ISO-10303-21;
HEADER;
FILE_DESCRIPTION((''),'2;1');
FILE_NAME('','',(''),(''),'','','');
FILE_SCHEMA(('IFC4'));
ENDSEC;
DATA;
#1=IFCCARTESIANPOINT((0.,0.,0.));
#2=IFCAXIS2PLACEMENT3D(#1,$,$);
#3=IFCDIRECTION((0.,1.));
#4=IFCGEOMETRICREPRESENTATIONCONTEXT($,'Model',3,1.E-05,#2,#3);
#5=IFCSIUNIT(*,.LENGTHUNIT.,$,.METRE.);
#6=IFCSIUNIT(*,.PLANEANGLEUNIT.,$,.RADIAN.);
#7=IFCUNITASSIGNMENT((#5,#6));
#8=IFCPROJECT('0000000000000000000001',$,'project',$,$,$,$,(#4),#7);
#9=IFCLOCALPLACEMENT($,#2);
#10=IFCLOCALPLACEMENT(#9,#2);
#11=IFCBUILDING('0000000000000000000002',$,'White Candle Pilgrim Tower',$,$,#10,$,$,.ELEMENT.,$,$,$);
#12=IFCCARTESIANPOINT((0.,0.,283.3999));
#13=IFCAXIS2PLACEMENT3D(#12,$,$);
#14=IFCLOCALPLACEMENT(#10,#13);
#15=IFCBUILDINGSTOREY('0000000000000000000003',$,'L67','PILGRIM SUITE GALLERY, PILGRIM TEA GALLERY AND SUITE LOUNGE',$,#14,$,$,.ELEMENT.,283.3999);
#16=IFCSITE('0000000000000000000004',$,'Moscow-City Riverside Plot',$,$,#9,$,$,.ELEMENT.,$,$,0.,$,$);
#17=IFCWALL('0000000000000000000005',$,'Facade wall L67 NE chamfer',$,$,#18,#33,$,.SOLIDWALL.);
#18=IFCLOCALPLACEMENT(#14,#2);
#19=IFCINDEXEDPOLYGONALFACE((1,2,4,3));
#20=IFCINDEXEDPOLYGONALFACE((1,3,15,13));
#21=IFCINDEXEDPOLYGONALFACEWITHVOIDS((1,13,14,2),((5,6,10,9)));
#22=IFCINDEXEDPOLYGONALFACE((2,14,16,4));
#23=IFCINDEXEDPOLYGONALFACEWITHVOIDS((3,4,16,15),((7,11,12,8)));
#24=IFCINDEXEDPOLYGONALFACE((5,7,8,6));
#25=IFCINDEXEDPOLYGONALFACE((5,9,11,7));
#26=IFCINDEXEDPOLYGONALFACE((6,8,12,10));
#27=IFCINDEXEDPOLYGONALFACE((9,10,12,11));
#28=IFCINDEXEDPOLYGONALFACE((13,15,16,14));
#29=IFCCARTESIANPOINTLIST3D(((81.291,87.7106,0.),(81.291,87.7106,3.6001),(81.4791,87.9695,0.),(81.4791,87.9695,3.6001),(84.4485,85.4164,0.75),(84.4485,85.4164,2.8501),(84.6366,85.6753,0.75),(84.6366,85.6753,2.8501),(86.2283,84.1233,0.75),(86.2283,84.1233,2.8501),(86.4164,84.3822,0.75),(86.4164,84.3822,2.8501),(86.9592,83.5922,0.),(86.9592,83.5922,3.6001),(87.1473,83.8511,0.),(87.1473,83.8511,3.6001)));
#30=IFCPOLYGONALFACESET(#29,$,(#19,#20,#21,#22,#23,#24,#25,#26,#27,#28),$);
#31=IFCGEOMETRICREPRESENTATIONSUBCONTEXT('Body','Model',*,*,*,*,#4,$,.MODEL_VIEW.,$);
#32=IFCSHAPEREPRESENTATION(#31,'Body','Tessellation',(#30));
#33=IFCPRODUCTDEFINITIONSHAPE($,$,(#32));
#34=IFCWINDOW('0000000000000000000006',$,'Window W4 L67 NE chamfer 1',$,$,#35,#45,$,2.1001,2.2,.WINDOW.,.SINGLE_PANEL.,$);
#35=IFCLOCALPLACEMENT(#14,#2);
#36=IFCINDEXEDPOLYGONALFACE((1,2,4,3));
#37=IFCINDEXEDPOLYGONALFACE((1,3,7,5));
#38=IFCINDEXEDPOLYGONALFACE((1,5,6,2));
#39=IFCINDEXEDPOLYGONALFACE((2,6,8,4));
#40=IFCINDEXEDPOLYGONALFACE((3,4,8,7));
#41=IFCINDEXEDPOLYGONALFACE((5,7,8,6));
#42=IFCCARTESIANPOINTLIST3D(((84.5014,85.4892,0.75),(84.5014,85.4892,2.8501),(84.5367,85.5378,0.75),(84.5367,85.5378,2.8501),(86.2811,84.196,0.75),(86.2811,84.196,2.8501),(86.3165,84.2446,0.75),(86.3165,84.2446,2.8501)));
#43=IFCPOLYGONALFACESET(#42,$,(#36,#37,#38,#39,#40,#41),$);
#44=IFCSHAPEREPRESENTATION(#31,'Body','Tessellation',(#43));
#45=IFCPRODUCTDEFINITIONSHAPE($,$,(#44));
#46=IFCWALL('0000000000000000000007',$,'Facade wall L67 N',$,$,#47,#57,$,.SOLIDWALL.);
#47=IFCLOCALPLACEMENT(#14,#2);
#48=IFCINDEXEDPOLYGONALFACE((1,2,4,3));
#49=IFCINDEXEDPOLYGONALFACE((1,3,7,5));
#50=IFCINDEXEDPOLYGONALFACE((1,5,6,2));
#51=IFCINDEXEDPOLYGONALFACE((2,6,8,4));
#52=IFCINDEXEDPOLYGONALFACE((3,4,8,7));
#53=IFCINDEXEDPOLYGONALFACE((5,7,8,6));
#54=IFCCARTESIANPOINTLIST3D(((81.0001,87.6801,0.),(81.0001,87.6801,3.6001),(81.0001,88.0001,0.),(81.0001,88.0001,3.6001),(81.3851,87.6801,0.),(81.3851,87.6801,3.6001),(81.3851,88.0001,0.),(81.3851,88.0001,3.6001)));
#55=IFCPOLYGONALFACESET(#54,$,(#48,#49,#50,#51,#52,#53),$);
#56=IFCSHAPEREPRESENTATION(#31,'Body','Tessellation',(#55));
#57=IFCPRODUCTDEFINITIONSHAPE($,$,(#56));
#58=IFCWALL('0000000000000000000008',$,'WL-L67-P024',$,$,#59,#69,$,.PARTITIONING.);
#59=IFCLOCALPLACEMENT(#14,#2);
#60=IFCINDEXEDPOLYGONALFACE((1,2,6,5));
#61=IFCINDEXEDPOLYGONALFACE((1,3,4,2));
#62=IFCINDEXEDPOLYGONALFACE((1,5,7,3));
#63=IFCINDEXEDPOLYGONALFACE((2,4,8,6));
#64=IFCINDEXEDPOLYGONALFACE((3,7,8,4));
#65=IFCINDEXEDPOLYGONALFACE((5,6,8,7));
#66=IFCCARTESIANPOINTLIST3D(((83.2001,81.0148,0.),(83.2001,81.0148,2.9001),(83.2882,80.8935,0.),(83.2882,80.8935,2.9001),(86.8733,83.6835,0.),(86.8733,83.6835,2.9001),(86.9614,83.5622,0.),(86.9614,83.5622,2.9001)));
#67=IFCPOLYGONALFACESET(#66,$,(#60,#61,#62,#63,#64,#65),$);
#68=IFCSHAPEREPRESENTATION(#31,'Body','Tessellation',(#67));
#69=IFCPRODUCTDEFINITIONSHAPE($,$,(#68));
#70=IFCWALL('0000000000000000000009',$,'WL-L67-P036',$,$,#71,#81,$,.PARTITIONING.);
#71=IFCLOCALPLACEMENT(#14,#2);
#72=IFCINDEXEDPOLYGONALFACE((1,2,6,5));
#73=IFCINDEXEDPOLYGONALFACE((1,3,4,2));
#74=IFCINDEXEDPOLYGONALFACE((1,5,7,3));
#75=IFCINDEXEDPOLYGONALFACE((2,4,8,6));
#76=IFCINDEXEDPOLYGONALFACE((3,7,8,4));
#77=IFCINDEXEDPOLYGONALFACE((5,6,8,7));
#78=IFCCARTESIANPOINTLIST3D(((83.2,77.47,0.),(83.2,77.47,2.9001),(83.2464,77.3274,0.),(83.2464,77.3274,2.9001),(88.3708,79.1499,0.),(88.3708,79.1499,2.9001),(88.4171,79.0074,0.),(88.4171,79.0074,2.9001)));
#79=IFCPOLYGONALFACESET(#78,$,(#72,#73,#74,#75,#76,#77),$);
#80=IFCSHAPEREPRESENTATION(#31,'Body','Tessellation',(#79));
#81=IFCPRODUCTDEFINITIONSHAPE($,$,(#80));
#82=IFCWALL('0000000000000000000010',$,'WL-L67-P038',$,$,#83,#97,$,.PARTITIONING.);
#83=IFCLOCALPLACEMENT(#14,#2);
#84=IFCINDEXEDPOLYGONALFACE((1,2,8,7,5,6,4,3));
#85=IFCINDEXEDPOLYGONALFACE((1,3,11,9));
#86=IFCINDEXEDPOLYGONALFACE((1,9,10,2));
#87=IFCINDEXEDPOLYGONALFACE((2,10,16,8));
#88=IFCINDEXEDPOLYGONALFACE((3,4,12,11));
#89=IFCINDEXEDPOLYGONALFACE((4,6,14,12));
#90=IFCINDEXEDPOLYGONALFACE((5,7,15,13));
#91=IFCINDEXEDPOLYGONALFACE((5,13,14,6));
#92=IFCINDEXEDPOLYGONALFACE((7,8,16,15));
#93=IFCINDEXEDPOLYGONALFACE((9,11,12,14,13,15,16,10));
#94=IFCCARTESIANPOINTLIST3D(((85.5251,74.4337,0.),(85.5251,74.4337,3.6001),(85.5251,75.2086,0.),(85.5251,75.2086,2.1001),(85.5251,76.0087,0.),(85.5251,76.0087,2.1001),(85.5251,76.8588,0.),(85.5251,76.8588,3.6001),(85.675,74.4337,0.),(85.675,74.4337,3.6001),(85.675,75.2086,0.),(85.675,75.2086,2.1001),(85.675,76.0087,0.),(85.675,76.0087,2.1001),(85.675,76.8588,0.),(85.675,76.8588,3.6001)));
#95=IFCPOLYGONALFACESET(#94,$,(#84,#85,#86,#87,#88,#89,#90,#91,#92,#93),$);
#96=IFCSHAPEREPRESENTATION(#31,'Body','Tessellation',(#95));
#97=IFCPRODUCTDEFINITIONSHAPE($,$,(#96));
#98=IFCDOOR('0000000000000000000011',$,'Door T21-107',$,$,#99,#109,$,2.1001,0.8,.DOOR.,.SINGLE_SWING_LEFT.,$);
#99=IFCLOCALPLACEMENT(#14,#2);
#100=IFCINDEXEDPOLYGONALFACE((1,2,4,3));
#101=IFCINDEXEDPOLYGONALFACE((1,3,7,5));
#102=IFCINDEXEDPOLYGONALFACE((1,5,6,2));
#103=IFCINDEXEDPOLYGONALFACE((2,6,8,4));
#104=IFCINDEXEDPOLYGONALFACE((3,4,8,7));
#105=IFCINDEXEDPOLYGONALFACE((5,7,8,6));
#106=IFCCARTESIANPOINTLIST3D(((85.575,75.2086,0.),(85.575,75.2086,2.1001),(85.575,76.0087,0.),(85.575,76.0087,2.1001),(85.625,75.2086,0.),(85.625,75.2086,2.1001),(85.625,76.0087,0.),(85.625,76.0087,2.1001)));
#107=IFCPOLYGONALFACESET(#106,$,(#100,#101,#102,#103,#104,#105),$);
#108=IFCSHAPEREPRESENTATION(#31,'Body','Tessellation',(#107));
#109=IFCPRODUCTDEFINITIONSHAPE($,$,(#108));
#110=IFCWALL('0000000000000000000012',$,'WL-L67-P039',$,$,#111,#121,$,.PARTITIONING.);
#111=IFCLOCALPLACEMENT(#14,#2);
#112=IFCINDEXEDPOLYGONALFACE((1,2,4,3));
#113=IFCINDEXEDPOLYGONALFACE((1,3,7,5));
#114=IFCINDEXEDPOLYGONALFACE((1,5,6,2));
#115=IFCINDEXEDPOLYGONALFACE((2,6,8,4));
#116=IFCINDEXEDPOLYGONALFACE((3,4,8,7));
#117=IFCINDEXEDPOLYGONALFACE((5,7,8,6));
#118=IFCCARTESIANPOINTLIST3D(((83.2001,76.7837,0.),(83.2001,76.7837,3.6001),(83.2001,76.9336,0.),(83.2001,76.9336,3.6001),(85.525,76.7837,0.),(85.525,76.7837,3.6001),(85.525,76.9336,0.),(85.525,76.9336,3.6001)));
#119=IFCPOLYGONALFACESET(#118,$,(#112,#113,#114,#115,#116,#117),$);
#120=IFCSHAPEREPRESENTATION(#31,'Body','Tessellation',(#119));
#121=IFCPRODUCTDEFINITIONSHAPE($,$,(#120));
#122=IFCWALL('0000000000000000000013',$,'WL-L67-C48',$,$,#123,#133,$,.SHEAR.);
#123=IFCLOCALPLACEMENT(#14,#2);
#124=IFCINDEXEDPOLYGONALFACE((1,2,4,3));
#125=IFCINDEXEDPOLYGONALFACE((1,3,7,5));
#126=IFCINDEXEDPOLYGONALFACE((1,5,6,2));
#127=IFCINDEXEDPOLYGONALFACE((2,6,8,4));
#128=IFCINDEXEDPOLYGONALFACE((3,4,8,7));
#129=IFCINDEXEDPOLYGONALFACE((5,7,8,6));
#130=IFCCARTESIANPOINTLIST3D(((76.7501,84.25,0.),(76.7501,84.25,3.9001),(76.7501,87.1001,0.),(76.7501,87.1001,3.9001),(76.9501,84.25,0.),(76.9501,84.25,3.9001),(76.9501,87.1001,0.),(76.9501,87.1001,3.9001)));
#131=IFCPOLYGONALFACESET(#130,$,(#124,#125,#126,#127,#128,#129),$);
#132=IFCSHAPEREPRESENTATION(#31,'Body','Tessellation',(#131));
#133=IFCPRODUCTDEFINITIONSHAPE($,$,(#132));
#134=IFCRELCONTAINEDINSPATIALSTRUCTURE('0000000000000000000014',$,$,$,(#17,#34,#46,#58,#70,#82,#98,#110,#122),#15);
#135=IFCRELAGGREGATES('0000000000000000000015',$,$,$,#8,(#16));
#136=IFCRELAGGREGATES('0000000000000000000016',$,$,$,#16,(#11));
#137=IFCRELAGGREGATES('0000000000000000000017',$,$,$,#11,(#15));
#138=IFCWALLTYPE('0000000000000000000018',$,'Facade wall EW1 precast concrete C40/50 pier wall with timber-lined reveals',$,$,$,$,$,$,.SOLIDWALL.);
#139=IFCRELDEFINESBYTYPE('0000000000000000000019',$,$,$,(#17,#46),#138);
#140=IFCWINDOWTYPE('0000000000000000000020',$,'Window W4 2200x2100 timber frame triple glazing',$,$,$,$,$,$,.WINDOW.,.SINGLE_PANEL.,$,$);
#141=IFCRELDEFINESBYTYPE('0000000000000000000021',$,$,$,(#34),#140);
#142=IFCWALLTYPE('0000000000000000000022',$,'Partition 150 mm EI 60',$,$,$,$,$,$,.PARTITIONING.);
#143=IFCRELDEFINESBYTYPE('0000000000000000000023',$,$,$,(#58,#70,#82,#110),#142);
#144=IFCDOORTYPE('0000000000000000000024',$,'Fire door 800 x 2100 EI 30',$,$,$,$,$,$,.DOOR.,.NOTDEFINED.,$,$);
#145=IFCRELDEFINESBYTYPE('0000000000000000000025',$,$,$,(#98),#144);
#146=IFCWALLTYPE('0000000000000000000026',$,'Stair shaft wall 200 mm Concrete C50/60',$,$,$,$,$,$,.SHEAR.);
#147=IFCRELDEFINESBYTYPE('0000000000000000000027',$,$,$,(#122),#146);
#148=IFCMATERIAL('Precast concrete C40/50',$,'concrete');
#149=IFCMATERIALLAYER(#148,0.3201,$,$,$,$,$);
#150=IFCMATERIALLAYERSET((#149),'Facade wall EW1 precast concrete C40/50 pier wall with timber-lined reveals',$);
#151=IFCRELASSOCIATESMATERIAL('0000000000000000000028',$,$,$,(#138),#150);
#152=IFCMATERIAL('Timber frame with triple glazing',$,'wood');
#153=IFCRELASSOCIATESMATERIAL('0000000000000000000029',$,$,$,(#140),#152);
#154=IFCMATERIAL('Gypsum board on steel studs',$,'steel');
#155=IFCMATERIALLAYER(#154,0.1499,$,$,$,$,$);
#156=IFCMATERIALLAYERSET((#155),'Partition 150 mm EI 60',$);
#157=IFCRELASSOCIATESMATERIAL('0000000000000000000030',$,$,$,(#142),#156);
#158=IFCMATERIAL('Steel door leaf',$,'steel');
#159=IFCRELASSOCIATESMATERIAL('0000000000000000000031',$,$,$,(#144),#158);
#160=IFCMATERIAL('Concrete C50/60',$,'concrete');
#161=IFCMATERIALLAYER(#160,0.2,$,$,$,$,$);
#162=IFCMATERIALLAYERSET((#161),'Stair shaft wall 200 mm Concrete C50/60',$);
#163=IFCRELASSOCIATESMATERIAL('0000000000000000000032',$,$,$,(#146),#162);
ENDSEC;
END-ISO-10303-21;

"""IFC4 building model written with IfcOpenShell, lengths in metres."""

from ifc_helpers import new_model, si_unit, direction, frame, frame_2d, origin, place, context, subcontext, project, spatial, rectangle, extrude, material, layer, layer_set, type_object, element, fill, save


model = new_model("IFC4")

# Units and contexts
model_context = context("Model", 3, precision=1e-05, world=origin(), true_north=direction((0.0, 1.0)))
body_context = subcontext(model_context, "Body", "Model", "MODEL_VIEW")
ifc_project = project(units=[si_unit("LENGTHUNIT", "METRE"), si_unit("PLANEANGLEUNIT", "RADIAN")], contexts=[model_context])

# Site, building, storey
site_placement = place(None, origin())
site = spatial("IfcSite", under=ifc_project, at=site_placement, Name="Moscow-City Riverside Plot", CompositionType="ELEMENT", RefElevation=0.0)
building_placement = place(site_placement, origin())
building = spatial("IfcBuilding", under=site, at=building_placement, Name="White Candle Pilgrim Tower", CompositionType="ELEMENT")
storey_placement = place(building_placement, frame((0.0, 0.0, 283.3999)))
storey = spatial("IfcBuildingStorey", under=building, at=storey_placement, Name="L67", Description="PILGRIM SUITE GALLERY, PILGRIM TEA GALLERY AND SUITE LOUNGE", CompositionType="ELEMENT", Elevation=283.3999)

# Shared definitions
ifc_material_1 = material(Name="Concrete C50/60", Category="concrete")

# Shared definitions
ifc_material_2 = material(Name="Steel door leaf", Category="steel")

# Shared definitions
ifc_material_3 = material(Name="Gypsum board on steel studs", Category="steel")

# Wall, opening, window
ifc_material_4 = material(Name="Precast concrete C40/50", Category="concrete")
ifc_layer_1 = layer(ifc_material_4, 0.3201)
ifc_layer_set_1 = layer_set([ifc_layer_1], Name="Facade wall EW1 precast concrete C40/50 pier wall with timber-lined reveals")
wall_type_1 = type_object("IfcWallType", Name="Facade wall EW1 precast concrete C40/50 pier wall with timber-lined reveals", PredefinedType="SOLIDWALL", material=ifc_layer_set_1)
wall_1_placement = place(storey_placement, frame((87.0532, 83.7217, 0.0), z_axis=(0.0, 0.0, 1.0), x_axis=(-0.809003, 0.587805, 0.0)))
wall_1 = element("IfcWall", 1, at=wall_1_placement, inside=storey, type_object=wall_type_1, Name="Facade wall L67 NE chamfer", PredefinedType="SOLIDWALL", context=body_context, shape_type="SweptSolid", body=[
    extrude(rectangle(XDim=7.0063, YDim=0.3201, at=frame_2d((3.5032, 0.0))), origin(), (0.0, 0.0, 1.0), 3.6001),
])
opening_1_placement = place(wall_1_placement, frame((0.9033, 0.0, 0.75)))
opening_1 = element("IfcOpeningElement", 2, at=opening_1_placement, cuts=wall_1, PredefinedType="OPENING", context=body_context, shape_type="SweptSolid", body=[
    extrude(rectangle(XDim=2.2, YDim=2.1001, at=frame_2d((1.1001, 1.05))), frame((0.0, 0.1699, 0.0), z_axis=(0.0, -1.0, 0.0), x_axis=(1.0, 0.0, 0.0)), (0.0, 0.0, 1.0), 0.3401),
])
ifc_material_5 = material(Name="Timber frame with triple glazing", Category="wood")
window_type = type_object("IfcWindowType", Name="Window W4 2200x2100 timber frame triple glazing", PartitioningType="SINGLE_PANEL", PredefinedType="WINDOW", material=ifc_material_5)
window_placement = place(opening_1_placement, origin())
window = element("IfcWindow", 3, at=window_placement, inside=storey, type_object=window_type, Name="Window W4 L67 NE chamfer 1", OverallHeight=2.1001, OverallWidth=2.2, PartitioningType="SINGLE_PANEL", PredefinedType="WINDOW", context=body_context, shape_type="SweptSolid", body=[
    extrude(rectangle(XDim=2.2, YDim=2.1001, at=frame_2d((1.1001, 1.05))), frame((0.0, 0.0701, 0.0), z_axis=(0.0, -1.0, 0.0), x_axis=(1.0, 0.0, 0.0)), (0.0, 0.0, 1.0), 0.0601),
])
fill(opening_1, window)

# Walls
wall_2_placement = place(storey_placement, frame((81.385, 87.8401, 0.0), z_axis=(0.0, 0.0, 1.0), x_axis=(-1.0, 0.0, 0.0)))
element("IfcWall", 4, at=wall_2_placement, inside=storey, type_object=wall_type_1, Name="Facade wall L67 N", PredefinedType="SOLIDWALL", context=body_context, shape_type="SweptSolid", body=[
    extrude(rectangle(XDim=0.385, YDim=0.3201, at=frame_2d((0.1924, 0.0))), origin(), (0.0, 0.0, 1.0), 3.6001),
])
ifc_layer_2 = layer(ifc_material_3, 0.1499)
ifc_layer_set_2 = layer_set([ifc_layer_2], Name="Partition 150 mm EI 60")
wall_type_2 = type_object("IfcWallType", Name="Partition 150 mm EI 60", PredefinedType="PARTITIONING", material=ifc_layer_set_2)
wall_3_placement = place(storey_placement, frame((86.9172, 83.6228, 0.0), z_axis=(0.0, 0.0, 1.0), x_axis=(-0.809013, -0.587791, 0.0)))
element("IfcWall", 5, at=wall_3_placement, inside=storey, type_object=wall_type_2, Name="WL-L67-P024", PredefinedType="PARTITIONING", context=body_context, shape_type="SweptSolid", body=[
    extrude(rectangle(XDim=4.5403, YDim=0.1499, at=frame_2d((2.27, 0.0))), origin(), (0.0, 0.0, 1.0), 2.9001),
])
wall_4_placement = place(storey_placement, frame((88.3938, 79.0786, 0.0), z_axis=(0.0, 0.0, 1.0), x_axis=(-0.951063, -0.308998, 0.0)))
element("IfcWall", 6, at=wall_4_placement, inside=storey, type_object=wall_type_2, Name="WL-L67-P036", PredefinedType="PARTITIONING", context=body_context, shape_type="SweptSolid", body=[
    extrude(rectangle(XDim=5.4368, YDim=0.1499, at=frame_2d((2.7183, 0.0))), origin(), (0.0, 0.0, 1.0), 2.9001),
])

# Wall, opening, door
wall_5_placement = place(storey_placement, frame((85.6001, 76.8586, 0.0), z_axis=(0.0, 0.0, 1.0), x_axis=(0.0, -1.0, 0.0)))
wall_5 = element("IfcWall", 7, at=wall_5_placement, inside=storey, type_object=wall_type_2, Name="WL-L67-P038", PredefinedType="PARTITIONING", context=body_context, shape_type="SweptSolid", body=[
    extrude(rectangle(XDim=2.425, YDim=0.1499, at=frame_2d((1.2124, 0.0))), origin(), (0.0, 0.0, 1.0), 3.6001),
])
opening_2_placement = place(wall_5_placement, frame((0.8501, 0.0, 0.0)))
opening_2 = element("IfcOpeningElement", 8, at=opening_2_placement, cuts=wall_5, PredefinedType="OPENING", context=body_context, shape_type="SweptSolid", body=[
    extrude(rectangle(XDim=0.8, YDim=2.1001, at=frame_2d((0.3999, 1.05))), frame((0.0, 0.085, 0.0), z_axis=(0.0, -1.0, 0.0), x_axis=(1.0, 0.0, 0.0)), (0.0, 0.0, 1.0), 0.1699),
])
door_type_1 = type_object("IfcDoorType", Name="Fire door 800 x 2100 EI 30", OperationType="NOTDEFINED", PredefinedType="DOOR", material=ifc_material_2)
door_1_placement = place(opening_2_placement, origin())
door_1 = element("IfcDoor", 9, at=door_1_placement, inside=storey, type_object=door_type_1, Name="Door T21-107", OperationType="SINGLE_SWING_LEFT", OverallHeight=2.1001, OverallWidth=0.8, PredefinedType="DOOR", context=body_context, shape_type="SweptSolid", body=[
    extrude(rectangle(XDim=0.8, YDim=2.1001, at=frame_2d((0.3999, 1.05))), frame((0.0, 0.0249, 0.0), z_axis=(0.0, -1.0, 0.0), x_axis=(1.0, 0.0, 0.0)), (0.0, 0.0, 1.0), 0.05),
])
fill(opening_2, door_1)

# Walls
wall_6_placement = place(storey_placement, frame((83.2, 76.8586, 0.0), z_axis=(0.0, 0.0, 1.0), x_axis=(1.0, 0.0, 0.0)))
element("IfcWall", 10, at=wall_6_placement, inside=storey, type_object=wall_type_2, Name="WL-L67-P039", PredefinedType="PARTITIONING", context=body_context, shape_type="SweptSolid", body=[
    extrude(rectangle(XDim=2.325, YDim=0.1499, at=frame_2d((1.1626, 0.0))), origin(), (0.0, 0.0, 1.0), 3.6001),
])
ifc_layer_3 = layer(ifc_material_1, 0.2)
ifc_layer_set_3 = layer_set([ifc_layer_3], Name="Stair shaft wall 200 mm Concrete C50/60")
wall_type_3 = type_object("IfcWallType", Name="Stair shaft wall 200 mm Concrete C50/60", PredefinedType="SHEAR", material=ifc_layer_set_3)
wall_7_placement = place(storey_placement, frame((76.8501, 84.25, 0.0), z_axis=(0.0, 0.0, 1.0), x_axis=(0.0, 1.0, 0.0)))
element("IfcWall", 11, at=wall_7_placement, inside=storey, type_object=wall_type_3, Name="WL-L67-C48", PredefinedType="SHEAR", context=body_context, shape_type="SweptSolid", body=[
    extrude(rectangle(XDim=2.8501, YDim=0.2, at=frame_2d((1.425, 0.0))), origin(), (0.0, 0.0, 1.0), 3.9001),
])

save(model, "model.ifc")
